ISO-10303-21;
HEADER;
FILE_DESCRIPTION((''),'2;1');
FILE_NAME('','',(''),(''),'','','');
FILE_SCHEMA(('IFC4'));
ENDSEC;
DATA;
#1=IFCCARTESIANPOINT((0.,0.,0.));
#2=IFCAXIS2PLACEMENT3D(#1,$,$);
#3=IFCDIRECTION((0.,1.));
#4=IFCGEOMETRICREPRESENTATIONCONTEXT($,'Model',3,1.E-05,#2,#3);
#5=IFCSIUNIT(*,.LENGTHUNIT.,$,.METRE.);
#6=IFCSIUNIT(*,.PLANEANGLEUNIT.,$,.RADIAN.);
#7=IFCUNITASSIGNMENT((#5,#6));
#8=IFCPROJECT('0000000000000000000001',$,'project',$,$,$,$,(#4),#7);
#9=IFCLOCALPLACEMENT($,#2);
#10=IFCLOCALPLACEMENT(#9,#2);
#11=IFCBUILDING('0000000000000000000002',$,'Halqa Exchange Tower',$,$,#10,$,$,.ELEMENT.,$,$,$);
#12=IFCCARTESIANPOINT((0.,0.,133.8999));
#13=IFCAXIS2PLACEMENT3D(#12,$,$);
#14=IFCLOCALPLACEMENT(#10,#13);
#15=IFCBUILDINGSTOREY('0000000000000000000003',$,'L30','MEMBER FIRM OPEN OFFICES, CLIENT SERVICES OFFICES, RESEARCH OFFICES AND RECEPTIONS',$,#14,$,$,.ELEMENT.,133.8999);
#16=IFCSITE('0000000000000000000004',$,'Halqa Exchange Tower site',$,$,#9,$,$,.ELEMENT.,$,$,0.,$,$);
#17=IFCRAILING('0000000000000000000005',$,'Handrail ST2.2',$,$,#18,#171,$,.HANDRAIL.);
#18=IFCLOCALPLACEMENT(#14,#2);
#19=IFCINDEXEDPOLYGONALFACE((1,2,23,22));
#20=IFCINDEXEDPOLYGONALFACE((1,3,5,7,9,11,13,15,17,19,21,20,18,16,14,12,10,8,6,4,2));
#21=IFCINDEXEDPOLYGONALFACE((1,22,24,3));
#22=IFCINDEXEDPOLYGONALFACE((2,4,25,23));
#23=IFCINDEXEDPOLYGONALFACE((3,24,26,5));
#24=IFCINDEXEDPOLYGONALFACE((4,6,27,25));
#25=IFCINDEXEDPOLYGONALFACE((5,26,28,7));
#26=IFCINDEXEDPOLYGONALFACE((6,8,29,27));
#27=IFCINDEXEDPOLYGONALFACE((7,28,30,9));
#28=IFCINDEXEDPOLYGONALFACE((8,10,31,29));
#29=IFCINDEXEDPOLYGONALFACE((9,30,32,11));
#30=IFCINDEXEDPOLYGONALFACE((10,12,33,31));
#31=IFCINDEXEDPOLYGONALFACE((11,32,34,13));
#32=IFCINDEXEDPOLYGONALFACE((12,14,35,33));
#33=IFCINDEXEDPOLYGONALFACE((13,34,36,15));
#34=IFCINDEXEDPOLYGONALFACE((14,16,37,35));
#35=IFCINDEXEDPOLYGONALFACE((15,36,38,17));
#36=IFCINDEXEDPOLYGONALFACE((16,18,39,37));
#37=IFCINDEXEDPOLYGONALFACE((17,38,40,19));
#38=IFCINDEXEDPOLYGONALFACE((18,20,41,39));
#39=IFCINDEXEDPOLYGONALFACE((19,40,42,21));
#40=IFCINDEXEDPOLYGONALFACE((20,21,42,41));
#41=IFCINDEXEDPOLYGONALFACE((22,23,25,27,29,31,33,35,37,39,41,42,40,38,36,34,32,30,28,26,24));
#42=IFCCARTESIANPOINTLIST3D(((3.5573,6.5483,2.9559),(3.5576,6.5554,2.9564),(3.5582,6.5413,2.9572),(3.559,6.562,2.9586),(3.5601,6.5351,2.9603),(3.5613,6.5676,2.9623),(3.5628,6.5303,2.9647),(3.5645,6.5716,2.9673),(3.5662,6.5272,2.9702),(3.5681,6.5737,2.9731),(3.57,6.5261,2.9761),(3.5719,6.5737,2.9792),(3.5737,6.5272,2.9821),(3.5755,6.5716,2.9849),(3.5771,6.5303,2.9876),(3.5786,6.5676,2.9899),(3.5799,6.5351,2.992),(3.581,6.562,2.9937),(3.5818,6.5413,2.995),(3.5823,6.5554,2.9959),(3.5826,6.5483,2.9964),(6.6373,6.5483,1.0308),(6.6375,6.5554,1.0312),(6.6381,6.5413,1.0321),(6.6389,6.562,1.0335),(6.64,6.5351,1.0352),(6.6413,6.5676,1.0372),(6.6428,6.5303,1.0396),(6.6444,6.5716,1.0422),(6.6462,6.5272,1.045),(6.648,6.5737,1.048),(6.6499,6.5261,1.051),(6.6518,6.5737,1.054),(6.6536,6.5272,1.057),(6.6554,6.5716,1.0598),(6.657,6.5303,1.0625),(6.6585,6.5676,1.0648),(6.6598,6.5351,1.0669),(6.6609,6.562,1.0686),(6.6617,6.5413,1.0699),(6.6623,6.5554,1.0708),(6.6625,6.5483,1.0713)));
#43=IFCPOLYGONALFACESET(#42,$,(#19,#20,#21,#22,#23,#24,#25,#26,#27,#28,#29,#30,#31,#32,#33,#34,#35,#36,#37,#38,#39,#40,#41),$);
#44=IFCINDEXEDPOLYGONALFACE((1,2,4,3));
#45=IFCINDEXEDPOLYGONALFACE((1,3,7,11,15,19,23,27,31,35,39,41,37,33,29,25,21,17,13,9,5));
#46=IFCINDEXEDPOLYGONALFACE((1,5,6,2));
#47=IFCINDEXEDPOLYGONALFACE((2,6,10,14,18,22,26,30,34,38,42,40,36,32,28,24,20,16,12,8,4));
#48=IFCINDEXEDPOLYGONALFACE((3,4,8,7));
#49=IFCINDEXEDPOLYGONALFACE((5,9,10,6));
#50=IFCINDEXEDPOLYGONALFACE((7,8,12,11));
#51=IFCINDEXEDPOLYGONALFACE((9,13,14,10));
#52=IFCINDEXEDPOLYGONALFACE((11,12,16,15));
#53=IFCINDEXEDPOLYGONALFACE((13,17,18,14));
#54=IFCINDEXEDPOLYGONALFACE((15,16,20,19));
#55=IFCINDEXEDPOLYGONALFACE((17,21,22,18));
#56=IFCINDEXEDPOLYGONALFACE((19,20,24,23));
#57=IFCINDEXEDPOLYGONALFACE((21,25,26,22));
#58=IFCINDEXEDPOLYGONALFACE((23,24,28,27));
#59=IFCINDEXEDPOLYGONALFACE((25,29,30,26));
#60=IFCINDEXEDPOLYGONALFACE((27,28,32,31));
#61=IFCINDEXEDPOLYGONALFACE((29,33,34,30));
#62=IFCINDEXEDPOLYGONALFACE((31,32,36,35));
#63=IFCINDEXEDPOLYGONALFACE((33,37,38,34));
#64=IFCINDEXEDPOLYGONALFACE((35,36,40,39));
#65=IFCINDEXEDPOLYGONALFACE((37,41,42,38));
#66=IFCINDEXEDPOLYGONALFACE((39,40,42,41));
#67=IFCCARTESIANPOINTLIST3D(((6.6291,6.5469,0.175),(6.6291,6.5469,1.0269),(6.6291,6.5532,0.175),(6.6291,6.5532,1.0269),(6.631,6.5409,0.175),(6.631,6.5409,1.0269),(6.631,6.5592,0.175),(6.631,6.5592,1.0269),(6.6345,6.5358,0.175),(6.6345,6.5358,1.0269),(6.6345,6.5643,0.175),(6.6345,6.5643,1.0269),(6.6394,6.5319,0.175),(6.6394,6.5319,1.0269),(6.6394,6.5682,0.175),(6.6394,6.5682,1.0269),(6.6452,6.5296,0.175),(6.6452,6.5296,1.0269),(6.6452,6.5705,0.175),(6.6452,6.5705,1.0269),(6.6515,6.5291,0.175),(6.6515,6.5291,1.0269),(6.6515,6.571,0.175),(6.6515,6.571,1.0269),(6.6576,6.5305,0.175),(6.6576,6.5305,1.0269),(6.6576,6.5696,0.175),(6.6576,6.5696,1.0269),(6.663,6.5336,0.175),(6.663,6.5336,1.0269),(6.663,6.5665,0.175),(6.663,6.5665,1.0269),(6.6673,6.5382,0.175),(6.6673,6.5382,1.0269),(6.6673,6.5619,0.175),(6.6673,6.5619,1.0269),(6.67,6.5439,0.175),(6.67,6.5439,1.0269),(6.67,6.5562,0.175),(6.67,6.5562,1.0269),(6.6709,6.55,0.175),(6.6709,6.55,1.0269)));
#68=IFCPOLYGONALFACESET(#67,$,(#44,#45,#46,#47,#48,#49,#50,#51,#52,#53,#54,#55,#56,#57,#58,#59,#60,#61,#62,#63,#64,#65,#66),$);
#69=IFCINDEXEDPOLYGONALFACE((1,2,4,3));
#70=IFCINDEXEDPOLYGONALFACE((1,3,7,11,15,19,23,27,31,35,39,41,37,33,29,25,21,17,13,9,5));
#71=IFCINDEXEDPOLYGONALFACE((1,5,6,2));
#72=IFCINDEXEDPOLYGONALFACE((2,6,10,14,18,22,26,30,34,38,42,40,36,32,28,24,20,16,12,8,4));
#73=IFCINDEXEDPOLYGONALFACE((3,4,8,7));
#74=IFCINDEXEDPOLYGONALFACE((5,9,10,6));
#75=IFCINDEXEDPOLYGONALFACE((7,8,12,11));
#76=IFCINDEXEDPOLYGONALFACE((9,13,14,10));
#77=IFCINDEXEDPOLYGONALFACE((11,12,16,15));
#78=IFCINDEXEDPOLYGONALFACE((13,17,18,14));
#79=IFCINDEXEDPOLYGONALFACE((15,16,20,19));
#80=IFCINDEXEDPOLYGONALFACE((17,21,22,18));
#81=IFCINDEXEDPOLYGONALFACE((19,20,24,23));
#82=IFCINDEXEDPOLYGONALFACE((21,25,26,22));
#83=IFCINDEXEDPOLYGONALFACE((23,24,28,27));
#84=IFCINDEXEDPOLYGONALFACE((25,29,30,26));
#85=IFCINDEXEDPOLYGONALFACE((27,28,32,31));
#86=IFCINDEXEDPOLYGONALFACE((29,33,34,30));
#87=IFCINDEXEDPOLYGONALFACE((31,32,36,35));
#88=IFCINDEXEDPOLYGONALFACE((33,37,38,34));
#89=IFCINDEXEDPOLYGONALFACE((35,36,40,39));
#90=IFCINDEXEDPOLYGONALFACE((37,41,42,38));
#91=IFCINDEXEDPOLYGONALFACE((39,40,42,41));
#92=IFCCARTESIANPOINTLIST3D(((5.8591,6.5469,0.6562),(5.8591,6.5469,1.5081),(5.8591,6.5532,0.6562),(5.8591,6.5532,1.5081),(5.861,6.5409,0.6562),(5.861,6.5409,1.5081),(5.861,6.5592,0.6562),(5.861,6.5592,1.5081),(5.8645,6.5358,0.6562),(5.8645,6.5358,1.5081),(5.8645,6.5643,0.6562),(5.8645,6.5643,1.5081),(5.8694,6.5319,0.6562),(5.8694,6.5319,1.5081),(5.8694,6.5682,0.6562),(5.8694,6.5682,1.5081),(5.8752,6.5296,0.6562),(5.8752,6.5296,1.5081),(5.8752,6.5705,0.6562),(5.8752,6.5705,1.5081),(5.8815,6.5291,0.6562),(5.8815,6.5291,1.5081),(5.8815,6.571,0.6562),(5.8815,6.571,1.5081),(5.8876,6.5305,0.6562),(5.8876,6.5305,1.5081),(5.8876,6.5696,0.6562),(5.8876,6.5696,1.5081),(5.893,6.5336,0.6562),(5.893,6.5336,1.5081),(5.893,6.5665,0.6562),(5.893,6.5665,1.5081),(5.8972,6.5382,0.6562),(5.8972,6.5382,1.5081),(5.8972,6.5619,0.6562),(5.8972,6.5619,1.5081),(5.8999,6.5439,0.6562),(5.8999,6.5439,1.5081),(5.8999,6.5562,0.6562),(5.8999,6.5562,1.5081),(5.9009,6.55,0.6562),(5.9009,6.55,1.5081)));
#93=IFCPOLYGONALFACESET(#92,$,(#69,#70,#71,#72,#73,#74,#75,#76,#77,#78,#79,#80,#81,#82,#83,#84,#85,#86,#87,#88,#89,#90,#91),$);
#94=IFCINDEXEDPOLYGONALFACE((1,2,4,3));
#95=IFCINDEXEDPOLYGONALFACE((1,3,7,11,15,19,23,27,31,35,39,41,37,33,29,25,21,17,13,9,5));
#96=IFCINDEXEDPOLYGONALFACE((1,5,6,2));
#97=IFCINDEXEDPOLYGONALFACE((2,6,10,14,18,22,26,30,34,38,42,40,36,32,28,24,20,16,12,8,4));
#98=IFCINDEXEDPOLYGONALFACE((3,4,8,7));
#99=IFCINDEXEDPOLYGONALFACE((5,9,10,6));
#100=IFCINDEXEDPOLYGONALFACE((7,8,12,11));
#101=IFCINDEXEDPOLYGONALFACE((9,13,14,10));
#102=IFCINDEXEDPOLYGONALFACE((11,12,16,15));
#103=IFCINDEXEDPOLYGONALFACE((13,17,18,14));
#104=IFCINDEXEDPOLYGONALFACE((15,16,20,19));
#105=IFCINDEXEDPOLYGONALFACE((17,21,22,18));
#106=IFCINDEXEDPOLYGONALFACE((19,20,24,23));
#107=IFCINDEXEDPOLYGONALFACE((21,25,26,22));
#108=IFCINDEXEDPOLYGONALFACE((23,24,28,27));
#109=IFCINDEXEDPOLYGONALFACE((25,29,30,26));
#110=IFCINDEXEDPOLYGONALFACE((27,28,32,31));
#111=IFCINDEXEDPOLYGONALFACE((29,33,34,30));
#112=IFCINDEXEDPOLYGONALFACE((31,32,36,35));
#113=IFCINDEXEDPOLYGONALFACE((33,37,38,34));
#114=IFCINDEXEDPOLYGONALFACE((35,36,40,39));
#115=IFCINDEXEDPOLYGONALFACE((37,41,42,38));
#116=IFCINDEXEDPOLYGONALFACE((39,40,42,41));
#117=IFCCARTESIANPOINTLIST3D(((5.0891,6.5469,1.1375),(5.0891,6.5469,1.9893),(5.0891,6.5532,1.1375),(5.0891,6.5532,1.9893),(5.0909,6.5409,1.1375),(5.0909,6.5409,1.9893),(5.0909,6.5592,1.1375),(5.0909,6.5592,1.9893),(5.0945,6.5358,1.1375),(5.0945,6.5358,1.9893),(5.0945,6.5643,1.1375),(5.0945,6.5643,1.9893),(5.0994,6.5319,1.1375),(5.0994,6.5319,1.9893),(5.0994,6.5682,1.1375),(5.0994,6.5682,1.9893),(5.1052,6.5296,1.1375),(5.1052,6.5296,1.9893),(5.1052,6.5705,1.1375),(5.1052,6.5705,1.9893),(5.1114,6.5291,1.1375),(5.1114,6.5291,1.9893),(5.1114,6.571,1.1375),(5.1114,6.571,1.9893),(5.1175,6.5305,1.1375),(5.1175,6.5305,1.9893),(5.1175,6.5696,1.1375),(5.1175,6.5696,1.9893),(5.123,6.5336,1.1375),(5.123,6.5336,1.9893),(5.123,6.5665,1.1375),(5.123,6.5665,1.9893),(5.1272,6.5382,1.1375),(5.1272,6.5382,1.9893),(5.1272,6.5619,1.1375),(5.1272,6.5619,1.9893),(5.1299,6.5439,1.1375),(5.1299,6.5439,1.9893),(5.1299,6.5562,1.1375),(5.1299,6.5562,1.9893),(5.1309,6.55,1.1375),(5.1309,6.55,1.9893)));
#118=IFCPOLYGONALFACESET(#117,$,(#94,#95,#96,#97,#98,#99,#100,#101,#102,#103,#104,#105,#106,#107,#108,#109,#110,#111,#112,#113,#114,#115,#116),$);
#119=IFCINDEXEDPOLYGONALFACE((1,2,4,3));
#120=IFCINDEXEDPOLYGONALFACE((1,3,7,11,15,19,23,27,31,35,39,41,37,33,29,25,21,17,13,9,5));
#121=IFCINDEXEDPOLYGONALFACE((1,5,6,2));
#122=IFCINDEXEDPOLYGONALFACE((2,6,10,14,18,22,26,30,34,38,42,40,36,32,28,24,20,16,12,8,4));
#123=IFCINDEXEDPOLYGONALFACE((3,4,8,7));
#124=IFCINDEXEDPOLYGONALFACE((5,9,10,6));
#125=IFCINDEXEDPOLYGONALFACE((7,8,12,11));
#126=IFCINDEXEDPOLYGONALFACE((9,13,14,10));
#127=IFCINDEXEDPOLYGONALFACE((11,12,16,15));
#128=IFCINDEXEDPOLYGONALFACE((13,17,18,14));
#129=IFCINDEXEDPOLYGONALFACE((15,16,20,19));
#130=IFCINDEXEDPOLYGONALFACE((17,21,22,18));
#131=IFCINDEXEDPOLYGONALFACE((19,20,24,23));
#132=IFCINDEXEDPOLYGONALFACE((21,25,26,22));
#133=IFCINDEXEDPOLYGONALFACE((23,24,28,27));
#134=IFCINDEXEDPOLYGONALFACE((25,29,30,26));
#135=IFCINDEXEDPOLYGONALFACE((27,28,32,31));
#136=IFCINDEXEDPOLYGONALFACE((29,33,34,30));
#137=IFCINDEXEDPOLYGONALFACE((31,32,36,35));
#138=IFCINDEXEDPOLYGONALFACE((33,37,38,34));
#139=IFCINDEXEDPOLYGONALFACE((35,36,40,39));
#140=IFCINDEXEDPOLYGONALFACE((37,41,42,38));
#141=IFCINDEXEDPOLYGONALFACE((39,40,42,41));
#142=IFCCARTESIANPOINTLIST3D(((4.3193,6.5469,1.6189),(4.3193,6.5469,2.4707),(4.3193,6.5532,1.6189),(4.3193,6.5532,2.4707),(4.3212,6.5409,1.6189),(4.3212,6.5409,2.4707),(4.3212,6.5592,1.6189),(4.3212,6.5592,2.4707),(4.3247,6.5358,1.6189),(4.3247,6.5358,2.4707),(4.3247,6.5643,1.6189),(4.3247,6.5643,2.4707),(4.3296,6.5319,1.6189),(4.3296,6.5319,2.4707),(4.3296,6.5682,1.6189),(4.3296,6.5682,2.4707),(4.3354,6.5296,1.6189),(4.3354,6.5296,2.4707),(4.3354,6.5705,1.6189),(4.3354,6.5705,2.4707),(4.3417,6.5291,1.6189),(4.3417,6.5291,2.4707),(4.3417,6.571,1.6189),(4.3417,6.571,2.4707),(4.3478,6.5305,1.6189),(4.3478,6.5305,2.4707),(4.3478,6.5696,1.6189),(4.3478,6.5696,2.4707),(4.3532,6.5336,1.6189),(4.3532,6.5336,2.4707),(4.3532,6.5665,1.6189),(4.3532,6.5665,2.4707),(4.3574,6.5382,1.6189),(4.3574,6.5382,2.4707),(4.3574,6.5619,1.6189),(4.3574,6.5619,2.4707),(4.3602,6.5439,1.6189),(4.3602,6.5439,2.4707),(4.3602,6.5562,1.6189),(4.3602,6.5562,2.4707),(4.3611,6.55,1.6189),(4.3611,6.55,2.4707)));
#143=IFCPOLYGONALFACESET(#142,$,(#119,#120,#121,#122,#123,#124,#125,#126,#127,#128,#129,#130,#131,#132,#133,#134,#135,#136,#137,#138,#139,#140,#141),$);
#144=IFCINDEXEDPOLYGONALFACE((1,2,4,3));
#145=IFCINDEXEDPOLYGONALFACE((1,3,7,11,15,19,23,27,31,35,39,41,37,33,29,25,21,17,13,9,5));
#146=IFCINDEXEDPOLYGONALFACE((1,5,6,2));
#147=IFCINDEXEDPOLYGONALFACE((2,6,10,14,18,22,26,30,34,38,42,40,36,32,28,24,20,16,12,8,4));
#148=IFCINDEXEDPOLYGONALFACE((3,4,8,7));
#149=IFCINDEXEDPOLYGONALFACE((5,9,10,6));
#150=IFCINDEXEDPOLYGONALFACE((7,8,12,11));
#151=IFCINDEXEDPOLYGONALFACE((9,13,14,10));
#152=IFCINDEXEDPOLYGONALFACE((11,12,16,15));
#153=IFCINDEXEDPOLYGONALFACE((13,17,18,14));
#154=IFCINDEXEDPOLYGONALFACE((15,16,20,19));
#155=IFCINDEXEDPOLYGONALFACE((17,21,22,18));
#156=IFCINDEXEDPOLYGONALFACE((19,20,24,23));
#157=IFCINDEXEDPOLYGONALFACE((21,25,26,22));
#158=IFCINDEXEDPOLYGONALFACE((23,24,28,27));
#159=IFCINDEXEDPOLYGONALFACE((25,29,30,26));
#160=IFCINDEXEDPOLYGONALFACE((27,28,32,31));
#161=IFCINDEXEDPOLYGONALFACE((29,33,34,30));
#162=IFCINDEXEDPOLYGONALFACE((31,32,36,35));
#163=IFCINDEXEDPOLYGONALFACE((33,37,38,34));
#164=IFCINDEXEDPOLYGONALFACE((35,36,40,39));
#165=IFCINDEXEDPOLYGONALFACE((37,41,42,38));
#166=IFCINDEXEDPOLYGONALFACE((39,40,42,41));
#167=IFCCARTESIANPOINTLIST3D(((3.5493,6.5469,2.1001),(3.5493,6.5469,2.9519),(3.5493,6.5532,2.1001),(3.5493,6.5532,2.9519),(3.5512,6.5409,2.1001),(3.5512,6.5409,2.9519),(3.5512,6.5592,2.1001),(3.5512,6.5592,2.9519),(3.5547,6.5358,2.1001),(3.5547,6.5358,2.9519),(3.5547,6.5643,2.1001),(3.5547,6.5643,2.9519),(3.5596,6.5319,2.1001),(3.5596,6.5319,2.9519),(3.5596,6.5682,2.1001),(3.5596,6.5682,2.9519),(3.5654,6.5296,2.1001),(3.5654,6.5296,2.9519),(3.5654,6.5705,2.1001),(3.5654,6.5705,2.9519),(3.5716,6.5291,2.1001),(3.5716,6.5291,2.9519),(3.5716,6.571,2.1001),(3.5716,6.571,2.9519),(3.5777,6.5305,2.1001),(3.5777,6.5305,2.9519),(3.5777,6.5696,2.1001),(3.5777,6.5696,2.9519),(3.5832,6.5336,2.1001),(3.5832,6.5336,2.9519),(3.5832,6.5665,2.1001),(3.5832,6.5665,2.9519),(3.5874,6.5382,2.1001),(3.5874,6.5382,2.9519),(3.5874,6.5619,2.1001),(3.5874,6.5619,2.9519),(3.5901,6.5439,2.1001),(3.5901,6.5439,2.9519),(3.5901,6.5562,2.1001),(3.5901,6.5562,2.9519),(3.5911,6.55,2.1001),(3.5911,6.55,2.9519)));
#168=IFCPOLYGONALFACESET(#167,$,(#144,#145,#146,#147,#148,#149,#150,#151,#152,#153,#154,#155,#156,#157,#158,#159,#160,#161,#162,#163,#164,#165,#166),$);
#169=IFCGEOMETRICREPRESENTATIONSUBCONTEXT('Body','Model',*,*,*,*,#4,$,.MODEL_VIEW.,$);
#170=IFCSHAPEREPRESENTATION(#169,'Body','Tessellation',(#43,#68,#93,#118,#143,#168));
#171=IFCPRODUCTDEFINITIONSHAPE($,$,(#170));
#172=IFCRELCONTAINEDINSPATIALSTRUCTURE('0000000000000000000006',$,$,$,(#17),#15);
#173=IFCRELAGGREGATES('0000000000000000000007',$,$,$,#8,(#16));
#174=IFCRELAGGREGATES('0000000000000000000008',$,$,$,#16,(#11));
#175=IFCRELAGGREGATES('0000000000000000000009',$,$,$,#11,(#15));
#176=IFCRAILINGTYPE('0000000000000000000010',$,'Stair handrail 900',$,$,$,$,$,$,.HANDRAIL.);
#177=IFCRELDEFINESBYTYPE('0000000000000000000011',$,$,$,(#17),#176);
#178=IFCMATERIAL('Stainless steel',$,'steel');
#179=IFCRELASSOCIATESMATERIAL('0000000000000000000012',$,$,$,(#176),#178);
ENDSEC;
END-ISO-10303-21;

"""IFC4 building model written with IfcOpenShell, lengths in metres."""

from ifc_helpers import new_model, si_unit, direction, frame, origin, origin_2d, place, context, subcontext, project, spatial, circle, extrude, material, type_object, element, save


model = new_model("IFC4")

# Units and contexts
model_context = context("Model", 3, precision=1e-05, world=origin(), true_north=direction((0.0, 1.0)))
body_context = subcontext(model_context, "Body", "Model", "MODEL_VIEW")
ifc_project = project(units=[si_unit("LENGTHUNIT", "METRE"), si_unit("PLANEANGLEUNIT", "RADIAN")], contexts=[model_context])

# Site, building, storey
site_placement = place(None, origin())
site = spatial("IfcSite", under=ifc_project, at=site_placement, Name="Halqa Exchange Tower site", CompositionType="ELEMENT", RefElevation=0.0)
building_placement = place(site_placement, origin())
building = spatial("IfcBuilding", under=site, at=building_placement, Name="Halqa Exchange Tower", CompositionType="ELEMENT")
storey_placement = place(building_placement, frame((0.0, 0.0, 133.8999)))
storey = spatial("IfcBuildingStorey", under=building, at=storey_placement, Name="L30", Description="MEMBER FIRM OPEN OFFICES, CLIENT SERVICES OFFICES, RESEARCH OFFICES AND RECEPTIONS", CompositionType="ELEMENT", Elevation=133.8999)

# Railing
ifc_material_1 = material(Name="Stainless steel", Category="steel")
railing_type_1 = type_object("IfcRailingType", Name="Stair handrail 900", PredefinedType="HANDRAIL", material=ifc_material_1)
railing_1_placement = place(storey_placement, frame((6.6499, 6.55, 0.175)))
element("IfcRailing", 1, at=railing_1_placement, inside=storey, type_object=railing_type_1, Name="Handrail ST2.2", PredefinedType="HANDRAIL", context=body_context, shape_type="SweptSolid", body=[
    extrude(circle(Radius=0.0239, at=origin_2d()), frame((0.0, 0.0, 0.876), z_axis=(-0.847979, 0.0, 0.530029), x_axis=(0.0, -1.0, 0.0)), (0.0, 0.0, 1.0), 3.6321),
    extrude(circle(Radius=0.021, at=origin_2d()), origin(), (0.0, 0.0, 1.0), 0.8518),
    extrude(circle(Radius=0.021, at=origin_2d()), frame((-0.77, 0.0, 0.4812)), (0.0, 0.0, 1.0), 0.8518),
    extrude(circle(Radius=0.021, at=origin_2d()), frame((-1.54, 0.0, 0.9624)), (0.0, 0.0, 1.0), 0.8518),
    extrude(circle(Radius=0.021, at=origin_2d()), frame((-2.3098, 0.0, 1.4438)), (0.0, 0.0, 1.0), 0.8518),
    extrude(circle(Radius=0.021, at=origin_2d()), frame((-3.0798, 0.0, 1.925)), (0.0, 0.0, 1.0), 0.8518),
])

save(model, "model.ifc")
